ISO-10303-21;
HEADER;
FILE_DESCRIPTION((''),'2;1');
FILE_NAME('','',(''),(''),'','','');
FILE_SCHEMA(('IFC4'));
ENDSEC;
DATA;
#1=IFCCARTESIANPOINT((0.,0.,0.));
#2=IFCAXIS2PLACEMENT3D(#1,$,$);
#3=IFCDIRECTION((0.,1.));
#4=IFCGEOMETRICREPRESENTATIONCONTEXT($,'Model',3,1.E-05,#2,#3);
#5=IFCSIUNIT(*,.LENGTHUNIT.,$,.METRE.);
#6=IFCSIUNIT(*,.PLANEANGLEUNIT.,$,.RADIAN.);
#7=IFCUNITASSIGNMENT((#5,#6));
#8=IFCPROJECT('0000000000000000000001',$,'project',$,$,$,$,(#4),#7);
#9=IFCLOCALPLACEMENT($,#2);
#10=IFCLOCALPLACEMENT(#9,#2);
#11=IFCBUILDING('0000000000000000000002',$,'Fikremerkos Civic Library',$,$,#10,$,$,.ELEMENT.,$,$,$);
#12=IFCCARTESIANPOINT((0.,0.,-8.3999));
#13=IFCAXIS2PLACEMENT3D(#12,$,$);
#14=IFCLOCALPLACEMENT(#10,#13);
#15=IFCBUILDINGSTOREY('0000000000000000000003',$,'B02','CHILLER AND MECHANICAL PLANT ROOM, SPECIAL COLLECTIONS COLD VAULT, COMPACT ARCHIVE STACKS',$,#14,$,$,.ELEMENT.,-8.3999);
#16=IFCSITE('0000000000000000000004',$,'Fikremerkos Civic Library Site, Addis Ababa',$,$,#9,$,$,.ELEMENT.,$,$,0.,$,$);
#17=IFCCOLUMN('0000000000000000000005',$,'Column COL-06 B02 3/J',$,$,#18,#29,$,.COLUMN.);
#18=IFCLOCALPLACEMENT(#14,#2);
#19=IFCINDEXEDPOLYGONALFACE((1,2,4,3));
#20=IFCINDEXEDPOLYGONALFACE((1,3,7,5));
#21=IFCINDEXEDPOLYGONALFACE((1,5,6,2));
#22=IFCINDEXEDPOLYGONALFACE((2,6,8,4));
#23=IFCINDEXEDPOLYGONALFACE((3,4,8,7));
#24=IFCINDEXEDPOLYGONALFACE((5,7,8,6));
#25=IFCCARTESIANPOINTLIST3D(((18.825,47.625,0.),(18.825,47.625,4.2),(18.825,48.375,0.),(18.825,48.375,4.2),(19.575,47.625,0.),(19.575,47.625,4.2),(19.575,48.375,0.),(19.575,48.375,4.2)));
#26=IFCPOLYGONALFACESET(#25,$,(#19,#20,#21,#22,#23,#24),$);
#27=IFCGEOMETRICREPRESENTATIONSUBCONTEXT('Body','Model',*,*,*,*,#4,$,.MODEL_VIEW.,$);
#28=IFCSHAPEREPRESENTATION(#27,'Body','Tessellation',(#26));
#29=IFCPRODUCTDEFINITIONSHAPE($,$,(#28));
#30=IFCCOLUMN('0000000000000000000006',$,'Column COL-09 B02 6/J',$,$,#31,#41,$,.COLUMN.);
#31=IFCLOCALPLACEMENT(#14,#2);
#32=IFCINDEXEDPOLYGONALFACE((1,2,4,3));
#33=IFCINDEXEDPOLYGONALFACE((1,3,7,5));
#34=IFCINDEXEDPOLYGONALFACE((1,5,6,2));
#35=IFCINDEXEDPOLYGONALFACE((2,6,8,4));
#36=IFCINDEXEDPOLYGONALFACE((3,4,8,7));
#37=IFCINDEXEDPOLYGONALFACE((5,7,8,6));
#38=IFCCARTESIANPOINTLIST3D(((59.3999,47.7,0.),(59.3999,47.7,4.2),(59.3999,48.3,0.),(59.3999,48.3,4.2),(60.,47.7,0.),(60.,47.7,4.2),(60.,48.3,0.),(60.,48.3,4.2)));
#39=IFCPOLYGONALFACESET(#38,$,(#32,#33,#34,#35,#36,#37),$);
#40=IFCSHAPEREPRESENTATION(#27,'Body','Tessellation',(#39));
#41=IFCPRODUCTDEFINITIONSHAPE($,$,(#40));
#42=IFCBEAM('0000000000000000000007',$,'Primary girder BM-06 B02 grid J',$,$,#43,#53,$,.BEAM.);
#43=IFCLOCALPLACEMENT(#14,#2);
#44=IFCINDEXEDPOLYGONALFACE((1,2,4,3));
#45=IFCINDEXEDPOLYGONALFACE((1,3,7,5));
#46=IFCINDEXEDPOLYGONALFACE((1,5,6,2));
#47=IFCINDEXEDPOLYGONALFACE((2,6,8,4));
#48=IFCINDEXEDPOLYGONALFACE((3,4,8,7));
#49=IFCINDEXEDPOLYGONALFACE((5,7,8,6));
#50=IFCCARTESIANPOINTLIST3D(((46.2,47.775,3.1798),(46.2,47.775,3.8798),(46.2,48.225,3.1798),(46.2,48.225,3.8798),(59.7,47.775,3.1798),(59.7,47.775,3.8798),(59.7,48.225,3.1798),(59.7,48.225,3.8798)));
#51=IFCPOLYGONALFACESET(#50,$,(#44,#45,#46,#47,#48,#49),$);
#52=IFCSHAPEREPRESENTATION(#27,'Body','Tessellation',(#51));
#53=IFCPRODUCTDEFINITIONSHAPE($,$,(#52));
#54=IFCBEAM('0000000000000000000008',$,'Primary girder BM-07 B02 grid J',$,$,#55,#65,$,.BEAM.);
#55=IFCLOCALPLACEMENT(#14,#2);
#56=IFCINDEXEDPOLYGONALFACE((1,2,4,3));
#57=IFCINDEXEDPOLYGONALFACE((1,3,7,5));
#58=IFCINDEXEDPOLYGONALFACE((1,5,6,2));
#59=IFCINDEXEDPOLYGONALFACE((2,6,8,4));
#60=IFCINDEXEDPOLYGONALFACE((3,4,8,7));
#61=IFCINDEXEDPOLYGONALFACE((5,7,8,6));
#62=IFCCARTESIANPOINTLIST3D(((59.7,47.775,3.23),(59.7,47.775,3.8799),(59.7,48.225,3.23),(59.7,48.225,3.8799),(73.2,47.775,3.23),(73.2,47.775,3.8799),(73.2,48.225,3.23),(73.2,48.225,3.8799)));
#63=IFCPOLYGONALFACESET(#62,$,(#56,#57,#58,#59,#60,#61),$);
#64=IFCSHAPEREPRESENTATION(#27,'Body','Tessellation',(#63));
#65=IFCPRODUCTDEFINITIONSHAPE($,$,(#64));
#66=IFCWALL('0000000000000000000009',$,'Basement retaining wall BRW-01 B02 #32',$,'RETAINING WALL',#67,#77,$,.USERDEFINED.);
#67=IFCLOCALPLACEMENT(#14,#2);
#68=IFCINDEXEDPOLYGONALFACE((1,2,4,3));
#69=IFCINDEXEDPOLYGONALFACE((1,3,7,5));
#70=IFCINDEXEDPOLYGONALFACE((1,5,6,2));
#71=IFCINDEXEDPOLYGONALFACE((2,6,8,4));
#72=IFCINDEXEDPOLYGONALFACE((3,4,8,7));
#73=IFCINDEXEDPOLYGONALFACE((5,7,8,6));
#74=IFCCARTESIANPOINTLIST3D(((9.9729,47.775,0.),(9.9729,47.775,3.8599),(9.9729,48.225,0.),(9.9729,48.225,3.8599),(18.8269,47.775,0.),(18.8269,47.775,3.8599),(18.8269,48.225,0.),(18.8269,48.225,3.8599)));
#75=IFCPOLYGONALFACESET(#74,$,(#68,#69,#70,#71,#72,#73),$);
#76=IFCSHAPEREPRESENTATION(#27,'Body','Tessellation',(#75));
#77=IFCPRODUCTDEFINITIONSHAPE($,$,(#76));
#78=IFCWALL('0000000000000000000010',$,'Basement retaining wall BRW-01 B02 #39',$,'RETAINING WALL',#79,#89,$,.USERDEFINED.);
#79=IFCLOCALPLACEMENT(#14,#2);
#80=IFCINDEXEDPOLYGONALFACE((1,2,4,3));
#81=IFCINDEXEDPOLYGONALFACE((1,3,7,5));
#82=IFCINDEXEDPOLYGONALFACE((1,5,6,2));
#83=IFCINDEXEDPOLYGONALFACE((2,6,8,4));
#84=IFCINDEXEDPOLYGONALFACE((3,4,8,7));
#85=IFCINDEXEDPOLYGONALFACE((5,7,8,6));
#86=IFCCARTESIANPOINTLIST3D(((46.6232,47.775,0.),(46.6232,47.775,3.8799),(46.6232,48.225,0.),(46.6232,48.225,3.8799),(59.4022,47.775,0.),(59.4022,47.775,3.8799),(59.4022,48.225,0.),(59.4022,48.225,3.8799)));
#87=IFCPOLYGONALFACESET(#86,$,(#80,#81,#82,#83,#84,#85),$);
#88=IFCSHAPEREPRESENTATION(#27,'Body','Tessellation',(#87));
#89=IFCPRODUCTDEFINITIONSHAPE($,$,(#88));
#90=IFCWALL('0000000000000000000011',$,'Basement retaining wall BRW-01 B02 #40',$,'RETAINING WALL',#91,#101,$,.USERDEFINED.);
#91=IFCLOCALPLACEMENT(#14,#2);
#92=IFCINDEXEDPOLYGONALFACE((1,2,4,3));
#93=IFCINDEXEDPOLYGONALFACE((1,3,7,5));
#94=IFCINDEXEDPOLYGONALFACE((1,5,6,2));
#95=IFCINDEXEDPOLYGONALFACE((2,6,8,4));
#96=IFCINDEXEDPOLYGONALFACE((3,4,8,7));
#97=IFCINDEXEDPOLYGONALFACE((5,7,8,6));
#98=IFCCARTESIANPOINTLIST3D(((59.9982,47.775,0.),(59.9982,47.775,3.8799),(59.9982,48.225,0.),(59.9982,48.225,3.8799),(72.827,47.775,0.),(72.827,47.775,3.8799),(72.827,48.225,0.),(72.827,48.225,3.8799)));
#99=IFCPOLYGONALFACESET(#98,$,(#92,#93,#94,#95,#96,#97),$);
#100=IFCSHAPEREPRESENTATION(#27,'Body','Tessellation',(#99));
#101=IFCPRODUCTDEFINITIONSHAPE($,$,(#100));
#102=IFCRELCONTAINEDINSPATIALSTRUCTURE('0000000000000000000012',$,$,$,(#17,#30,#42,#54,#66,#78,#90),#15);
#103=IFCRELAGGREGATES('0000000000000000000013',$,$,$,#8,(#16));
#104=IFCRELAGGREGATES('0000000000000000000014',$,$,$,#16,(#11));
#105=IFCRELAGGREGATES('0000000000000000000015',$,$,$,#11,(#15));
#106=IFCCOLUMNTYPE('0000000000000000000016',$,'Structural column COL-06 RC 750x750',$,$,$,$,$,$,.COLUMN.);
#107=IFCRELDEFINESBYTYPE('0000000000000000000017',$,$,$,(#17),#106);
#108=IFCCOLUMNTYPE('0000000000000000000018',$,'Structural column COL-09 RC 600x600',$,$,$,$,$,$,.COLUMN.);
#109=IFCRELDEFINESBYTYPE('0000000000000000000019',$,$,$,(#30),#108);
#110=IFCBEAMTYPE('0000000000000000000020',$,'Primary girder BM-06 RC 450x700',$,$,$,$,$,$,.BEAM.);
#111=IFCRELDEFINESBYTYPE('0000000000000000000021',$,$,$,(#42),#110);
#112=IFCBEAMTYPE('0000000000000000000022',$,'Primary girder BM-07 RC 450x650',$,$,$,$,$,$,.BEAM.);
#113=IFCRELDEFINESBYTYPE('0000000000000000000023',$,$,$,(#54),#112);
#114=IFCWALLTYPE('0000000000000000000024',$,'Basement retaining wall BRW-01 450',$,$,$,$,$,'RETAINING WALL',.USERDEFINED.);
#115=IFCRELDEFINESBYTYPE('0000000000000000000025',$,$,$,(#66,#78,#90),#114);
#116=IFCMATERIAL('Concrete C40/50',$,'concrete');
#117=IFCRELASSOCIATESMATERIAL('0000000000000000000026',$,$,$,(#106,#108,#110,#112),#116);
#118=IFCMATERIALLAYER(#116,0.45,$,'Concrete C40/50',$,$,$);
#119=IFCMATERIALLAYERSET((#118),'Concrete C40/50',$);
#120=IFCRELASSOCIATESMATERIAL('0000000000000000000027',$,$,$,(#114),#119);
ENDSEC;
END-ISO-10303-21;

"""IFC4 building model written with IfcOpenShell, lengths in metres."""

from ifc_helpers import new_model, si_unit, direction, frame, frame_2d, origin, origin_2d, place, context, subcontext, project, spatial, rectangle, extrude, material, layer, layer_set, material_profile, profile_set, type_object, element, save


model = new_model("IFC4")

# Units and contexts
model_context = context("Model", 3, precision=1e-05, world=origin(), true_north=direction((0.0, 1.0)))
body_context = subcontext(model_context, "Body", "Model", "MODEL_VIEW")
ifc_project = project(units=[si_unit("LENGTHUNIT", "METRE"), si_unit("PLANEANGLEUNIT", "RADIAN")], contexts=[model_context])

# Site, building, storey
site_placement = place(None, origin())
site = spatial("IfcSite", under=ifc_project, at=site_placement, Name="Fikremerkos Civic Library Site, Addis Ababa", CompositionType="ELEMENT", RefElevation=0.0)
building_placement = place(site_placement, origin())
building = spatial("IfcBuilding", under=site, at=building_placement, Name="Fikremerkos Civic Library", CompositionType="ELEMENT")
storey_placement = place(building_placement, frame((0.0, 0.0, -8.3999)))
storey = spatial("IfcBuildingStorey", under=building, at=storey_placement, Name="B02", Description="CHILLER AND MECHANICAL PLANT ROOM, SPECIAL COLLECTIONS COLD VAULT, COMPACT ARCHIVE STACKS", CompositionType="ELEMENT", Elevation=-8.3999)

# Shared definitions
ifc_material_1 = material(Name="Concrete C40/50", Category="concrete")

# Columns
ifc_material_profile_1 = material_profile(ifc_material_1, rectangle(XDim=0.75, YDim=0.75, at=origin_2d()), Name="RC 750x750")
ifc_profile_set_1 = profile_set([ifc_material_profile_1], Name="Concrete C40/50")
column_type_1 = type_object("IfcColumnType", Name="Structural column COL-06 RC 750x750", PredefinedType="COLUMN", material=ifc_profile_set_1)
column_1_placement = place(storey_placement, frame((19.2, 48.0, 0.0), z_axis=(0.0, 0.0, 1.0), x_axis=(1.0, 0.0, 0.0)))
element("IfcColumn", 1, at=column_1_placement, inside=storey, type_object=column_type_1, Name="Column COL-06 B02 3/J", PredefinedType="COLUMN", context=body_context, shape_type="SweptSolid", body=[
    extrude(rectangle(XDim=0.75, YDim=0.75, at=origin_2d()), origin(), (0.0, 0.0, 1.0), 4.2),
])
ifc_material_profile_2 = material_profile(ifc_material_1, rectangle(XDim=0.6001, YDim=0.6001, at=origin_2d()), Name="RC 600x600")
ifc_profile_set_2 = profile_set([ifc_material_profile_2], Name="Concrete C40/50")
column_type_2 = type_object("IfcColumnType", Name="Structural column COL-09 RC 600x600", PredefinedType="COLUMN", material=ifc_profile_set_2)
column_2_placement = place(storey_placement, frame((59.7, 48.0, 0.0), z_axis=(0.0, 0.0, 1.0), x_axis=(1.0, 0.0, 0.0)))
element("IfcColumn", 2, at=column_2_placement, inside=storey, type_object=column_type_2, Name="Column COL-09 B02 6/J", PredefinedType="COLUMN", context=body_context, shape_type="SweptSolid", body=[
    extrude(rectangle(XDim=0.6001, YDim=0.6001, at=origin_2d()), origin(), (0.0, 0.0, 1.0), 4.2),
])

# Beams
ifc_material_profile_3 = material_profile(ifc_material_1, rectangle(XDim=0.45, YDim=0.7, at=origin_2d()), Name="RC 450x700")
ifc_profile_set_3 = profile_set([ifc_material_profile_3], Name="Concrete C40/50")
beam_type_1 = type_object("IfcBeamType", Name="Primary girder BM-06 RC 450x700", PredefinedType="BEAM", material=ifc_profile_set_3)
beam_1_placement = place(storey_placement, frame((46.2, 48.0, 3.5298), z_axis=(1.0, 0.0, 0.0), x_axis=(0.0, 1.0, 0.0)))
element("IfcBeam", 3, at=beam_1_placement, inside=storey, type_object=beam_type_1, Name="Primary girder BM-06 B02 grid J", PredefinedType="BEAM", context=body_context, shape_type="SweptSolid", body=[
    extrude(rectangle(XDim=0.45, YDim=0.7, at=origin_2d()), origin(), (0.0, 0.0, 1.0), 13.5),
])
ifc_material_profile_4 = material_profile(ifc_material_1, rectangle(XDim=0.45, YDim=0.6499, at=origin_2d()), Name="RC 450x650")
ifc_profile_set_4 = profile_set([ifc_material_profile_4], Name="Concrete C40/50")
beam_type_2 = type_object("IfcBeamType", Name="Primary girder BM-07 RC 450x650", PredefinedType="BEAM", material=ifc_profile_set_4)
beam_2_placement = place(storey_placement, frame((59.7, 48.0, 3.5549), z_axis=(1.0, 0.0, 0.0), x_axis=(0.0, 1.0, 0.0)))
element("IfcBeam", 4, at=beam_2_placement, inside=storey, type_object=beam_type_2, Name="Primary girder BM-07 B02 grid J", PredefinedType="BEAM", context=body_context, shape_type="SweptSolid", body=[
    extrude(rectangle(XDim=0.45, YDim=0.6499, at=origin_2d()), origin(), (0.0, 0.0, 1.0), 13.5),
])

# Walls
ifc_layer = layer(ifc_material_1, 0.45, Name="Concrete C40/50")
ifc_layer_set = layer_set([ifc_layer], Name="Concrete C40/50")
wall_type = type_object("IfcWallType", Name="Basement retaining wall BRW-01 450", ElementType="RETAINING WALL", PredefinedType="USERDEFINED", material=ifc_layer_set)
wall_1_placement = place(storey_placement, frame((9.9729, 48.0, 0.0), z_axis=(0.0, 0.0, 1.0), x_axis=(1.0, 0.0, 0.0)))
element("IfcWall", 5, at=wall_1_placement, inside=storey, type_object=wall_type, Name="Basement retaining wall BRW-01 B02 #32", ObjectType="RETAINING WALL", PredefinedType="USERDEFINED", context=body_context, shape_type="SweptSolid", body=[
    extrude(rectangle(XDim=8.854, YDim=0.45, at=frame_2d((4.427, 0.0))), origin(), (0.0, 0.0, 1.0), 3.8599),
])
wall_2_placement = place(storey_placement, frame((46.623, 48.0, 0.0), z_axis=(0.0, 0.0, 1.0), x_axis=(1.0, 0.0, 0.0)))
element("IfcWall", 6, at=wall_2_placement, inside=storey, type_object=wall_type, Name="Basement retaining wall BRW-01 B02 #39", ObjectType="RETAINING WALL", PredefinedType="USERDEFINED", context=body_context, shape_type="SweptSolid", body=[
    extrude(rectangle(XDim=12.7791, YDim=0.45, at=frame_2d((6.3896, 0.0))), origin(), (0.0, 0.0, 1.0), 3.8799),
])
wall_3_placement = place(storey_placement, frame((59.998, 48.0, 0.0), z_axis=(0.0, 0.0, 1.0), x_axis=(1.0, 0.0, 0.0)))
element("IfcWall", 7, at=wall_3_placement, inside=storey, type_object=wall_type, Name="Basement retaining wall BRW-01 B02 #40", ObjectType="RETAINING WALL", PredefinedType="USERDEFINED", context=body_context, shape_type="SweptSolid", body=[
    extrude(rectangle(XDim=12.8289, YDim=0.45, at=frame_2d((6.4146, 0.0))), origin(), (0.0, 0.0, 1.0), 3.8799),
])

save(model, "model.ifc")
